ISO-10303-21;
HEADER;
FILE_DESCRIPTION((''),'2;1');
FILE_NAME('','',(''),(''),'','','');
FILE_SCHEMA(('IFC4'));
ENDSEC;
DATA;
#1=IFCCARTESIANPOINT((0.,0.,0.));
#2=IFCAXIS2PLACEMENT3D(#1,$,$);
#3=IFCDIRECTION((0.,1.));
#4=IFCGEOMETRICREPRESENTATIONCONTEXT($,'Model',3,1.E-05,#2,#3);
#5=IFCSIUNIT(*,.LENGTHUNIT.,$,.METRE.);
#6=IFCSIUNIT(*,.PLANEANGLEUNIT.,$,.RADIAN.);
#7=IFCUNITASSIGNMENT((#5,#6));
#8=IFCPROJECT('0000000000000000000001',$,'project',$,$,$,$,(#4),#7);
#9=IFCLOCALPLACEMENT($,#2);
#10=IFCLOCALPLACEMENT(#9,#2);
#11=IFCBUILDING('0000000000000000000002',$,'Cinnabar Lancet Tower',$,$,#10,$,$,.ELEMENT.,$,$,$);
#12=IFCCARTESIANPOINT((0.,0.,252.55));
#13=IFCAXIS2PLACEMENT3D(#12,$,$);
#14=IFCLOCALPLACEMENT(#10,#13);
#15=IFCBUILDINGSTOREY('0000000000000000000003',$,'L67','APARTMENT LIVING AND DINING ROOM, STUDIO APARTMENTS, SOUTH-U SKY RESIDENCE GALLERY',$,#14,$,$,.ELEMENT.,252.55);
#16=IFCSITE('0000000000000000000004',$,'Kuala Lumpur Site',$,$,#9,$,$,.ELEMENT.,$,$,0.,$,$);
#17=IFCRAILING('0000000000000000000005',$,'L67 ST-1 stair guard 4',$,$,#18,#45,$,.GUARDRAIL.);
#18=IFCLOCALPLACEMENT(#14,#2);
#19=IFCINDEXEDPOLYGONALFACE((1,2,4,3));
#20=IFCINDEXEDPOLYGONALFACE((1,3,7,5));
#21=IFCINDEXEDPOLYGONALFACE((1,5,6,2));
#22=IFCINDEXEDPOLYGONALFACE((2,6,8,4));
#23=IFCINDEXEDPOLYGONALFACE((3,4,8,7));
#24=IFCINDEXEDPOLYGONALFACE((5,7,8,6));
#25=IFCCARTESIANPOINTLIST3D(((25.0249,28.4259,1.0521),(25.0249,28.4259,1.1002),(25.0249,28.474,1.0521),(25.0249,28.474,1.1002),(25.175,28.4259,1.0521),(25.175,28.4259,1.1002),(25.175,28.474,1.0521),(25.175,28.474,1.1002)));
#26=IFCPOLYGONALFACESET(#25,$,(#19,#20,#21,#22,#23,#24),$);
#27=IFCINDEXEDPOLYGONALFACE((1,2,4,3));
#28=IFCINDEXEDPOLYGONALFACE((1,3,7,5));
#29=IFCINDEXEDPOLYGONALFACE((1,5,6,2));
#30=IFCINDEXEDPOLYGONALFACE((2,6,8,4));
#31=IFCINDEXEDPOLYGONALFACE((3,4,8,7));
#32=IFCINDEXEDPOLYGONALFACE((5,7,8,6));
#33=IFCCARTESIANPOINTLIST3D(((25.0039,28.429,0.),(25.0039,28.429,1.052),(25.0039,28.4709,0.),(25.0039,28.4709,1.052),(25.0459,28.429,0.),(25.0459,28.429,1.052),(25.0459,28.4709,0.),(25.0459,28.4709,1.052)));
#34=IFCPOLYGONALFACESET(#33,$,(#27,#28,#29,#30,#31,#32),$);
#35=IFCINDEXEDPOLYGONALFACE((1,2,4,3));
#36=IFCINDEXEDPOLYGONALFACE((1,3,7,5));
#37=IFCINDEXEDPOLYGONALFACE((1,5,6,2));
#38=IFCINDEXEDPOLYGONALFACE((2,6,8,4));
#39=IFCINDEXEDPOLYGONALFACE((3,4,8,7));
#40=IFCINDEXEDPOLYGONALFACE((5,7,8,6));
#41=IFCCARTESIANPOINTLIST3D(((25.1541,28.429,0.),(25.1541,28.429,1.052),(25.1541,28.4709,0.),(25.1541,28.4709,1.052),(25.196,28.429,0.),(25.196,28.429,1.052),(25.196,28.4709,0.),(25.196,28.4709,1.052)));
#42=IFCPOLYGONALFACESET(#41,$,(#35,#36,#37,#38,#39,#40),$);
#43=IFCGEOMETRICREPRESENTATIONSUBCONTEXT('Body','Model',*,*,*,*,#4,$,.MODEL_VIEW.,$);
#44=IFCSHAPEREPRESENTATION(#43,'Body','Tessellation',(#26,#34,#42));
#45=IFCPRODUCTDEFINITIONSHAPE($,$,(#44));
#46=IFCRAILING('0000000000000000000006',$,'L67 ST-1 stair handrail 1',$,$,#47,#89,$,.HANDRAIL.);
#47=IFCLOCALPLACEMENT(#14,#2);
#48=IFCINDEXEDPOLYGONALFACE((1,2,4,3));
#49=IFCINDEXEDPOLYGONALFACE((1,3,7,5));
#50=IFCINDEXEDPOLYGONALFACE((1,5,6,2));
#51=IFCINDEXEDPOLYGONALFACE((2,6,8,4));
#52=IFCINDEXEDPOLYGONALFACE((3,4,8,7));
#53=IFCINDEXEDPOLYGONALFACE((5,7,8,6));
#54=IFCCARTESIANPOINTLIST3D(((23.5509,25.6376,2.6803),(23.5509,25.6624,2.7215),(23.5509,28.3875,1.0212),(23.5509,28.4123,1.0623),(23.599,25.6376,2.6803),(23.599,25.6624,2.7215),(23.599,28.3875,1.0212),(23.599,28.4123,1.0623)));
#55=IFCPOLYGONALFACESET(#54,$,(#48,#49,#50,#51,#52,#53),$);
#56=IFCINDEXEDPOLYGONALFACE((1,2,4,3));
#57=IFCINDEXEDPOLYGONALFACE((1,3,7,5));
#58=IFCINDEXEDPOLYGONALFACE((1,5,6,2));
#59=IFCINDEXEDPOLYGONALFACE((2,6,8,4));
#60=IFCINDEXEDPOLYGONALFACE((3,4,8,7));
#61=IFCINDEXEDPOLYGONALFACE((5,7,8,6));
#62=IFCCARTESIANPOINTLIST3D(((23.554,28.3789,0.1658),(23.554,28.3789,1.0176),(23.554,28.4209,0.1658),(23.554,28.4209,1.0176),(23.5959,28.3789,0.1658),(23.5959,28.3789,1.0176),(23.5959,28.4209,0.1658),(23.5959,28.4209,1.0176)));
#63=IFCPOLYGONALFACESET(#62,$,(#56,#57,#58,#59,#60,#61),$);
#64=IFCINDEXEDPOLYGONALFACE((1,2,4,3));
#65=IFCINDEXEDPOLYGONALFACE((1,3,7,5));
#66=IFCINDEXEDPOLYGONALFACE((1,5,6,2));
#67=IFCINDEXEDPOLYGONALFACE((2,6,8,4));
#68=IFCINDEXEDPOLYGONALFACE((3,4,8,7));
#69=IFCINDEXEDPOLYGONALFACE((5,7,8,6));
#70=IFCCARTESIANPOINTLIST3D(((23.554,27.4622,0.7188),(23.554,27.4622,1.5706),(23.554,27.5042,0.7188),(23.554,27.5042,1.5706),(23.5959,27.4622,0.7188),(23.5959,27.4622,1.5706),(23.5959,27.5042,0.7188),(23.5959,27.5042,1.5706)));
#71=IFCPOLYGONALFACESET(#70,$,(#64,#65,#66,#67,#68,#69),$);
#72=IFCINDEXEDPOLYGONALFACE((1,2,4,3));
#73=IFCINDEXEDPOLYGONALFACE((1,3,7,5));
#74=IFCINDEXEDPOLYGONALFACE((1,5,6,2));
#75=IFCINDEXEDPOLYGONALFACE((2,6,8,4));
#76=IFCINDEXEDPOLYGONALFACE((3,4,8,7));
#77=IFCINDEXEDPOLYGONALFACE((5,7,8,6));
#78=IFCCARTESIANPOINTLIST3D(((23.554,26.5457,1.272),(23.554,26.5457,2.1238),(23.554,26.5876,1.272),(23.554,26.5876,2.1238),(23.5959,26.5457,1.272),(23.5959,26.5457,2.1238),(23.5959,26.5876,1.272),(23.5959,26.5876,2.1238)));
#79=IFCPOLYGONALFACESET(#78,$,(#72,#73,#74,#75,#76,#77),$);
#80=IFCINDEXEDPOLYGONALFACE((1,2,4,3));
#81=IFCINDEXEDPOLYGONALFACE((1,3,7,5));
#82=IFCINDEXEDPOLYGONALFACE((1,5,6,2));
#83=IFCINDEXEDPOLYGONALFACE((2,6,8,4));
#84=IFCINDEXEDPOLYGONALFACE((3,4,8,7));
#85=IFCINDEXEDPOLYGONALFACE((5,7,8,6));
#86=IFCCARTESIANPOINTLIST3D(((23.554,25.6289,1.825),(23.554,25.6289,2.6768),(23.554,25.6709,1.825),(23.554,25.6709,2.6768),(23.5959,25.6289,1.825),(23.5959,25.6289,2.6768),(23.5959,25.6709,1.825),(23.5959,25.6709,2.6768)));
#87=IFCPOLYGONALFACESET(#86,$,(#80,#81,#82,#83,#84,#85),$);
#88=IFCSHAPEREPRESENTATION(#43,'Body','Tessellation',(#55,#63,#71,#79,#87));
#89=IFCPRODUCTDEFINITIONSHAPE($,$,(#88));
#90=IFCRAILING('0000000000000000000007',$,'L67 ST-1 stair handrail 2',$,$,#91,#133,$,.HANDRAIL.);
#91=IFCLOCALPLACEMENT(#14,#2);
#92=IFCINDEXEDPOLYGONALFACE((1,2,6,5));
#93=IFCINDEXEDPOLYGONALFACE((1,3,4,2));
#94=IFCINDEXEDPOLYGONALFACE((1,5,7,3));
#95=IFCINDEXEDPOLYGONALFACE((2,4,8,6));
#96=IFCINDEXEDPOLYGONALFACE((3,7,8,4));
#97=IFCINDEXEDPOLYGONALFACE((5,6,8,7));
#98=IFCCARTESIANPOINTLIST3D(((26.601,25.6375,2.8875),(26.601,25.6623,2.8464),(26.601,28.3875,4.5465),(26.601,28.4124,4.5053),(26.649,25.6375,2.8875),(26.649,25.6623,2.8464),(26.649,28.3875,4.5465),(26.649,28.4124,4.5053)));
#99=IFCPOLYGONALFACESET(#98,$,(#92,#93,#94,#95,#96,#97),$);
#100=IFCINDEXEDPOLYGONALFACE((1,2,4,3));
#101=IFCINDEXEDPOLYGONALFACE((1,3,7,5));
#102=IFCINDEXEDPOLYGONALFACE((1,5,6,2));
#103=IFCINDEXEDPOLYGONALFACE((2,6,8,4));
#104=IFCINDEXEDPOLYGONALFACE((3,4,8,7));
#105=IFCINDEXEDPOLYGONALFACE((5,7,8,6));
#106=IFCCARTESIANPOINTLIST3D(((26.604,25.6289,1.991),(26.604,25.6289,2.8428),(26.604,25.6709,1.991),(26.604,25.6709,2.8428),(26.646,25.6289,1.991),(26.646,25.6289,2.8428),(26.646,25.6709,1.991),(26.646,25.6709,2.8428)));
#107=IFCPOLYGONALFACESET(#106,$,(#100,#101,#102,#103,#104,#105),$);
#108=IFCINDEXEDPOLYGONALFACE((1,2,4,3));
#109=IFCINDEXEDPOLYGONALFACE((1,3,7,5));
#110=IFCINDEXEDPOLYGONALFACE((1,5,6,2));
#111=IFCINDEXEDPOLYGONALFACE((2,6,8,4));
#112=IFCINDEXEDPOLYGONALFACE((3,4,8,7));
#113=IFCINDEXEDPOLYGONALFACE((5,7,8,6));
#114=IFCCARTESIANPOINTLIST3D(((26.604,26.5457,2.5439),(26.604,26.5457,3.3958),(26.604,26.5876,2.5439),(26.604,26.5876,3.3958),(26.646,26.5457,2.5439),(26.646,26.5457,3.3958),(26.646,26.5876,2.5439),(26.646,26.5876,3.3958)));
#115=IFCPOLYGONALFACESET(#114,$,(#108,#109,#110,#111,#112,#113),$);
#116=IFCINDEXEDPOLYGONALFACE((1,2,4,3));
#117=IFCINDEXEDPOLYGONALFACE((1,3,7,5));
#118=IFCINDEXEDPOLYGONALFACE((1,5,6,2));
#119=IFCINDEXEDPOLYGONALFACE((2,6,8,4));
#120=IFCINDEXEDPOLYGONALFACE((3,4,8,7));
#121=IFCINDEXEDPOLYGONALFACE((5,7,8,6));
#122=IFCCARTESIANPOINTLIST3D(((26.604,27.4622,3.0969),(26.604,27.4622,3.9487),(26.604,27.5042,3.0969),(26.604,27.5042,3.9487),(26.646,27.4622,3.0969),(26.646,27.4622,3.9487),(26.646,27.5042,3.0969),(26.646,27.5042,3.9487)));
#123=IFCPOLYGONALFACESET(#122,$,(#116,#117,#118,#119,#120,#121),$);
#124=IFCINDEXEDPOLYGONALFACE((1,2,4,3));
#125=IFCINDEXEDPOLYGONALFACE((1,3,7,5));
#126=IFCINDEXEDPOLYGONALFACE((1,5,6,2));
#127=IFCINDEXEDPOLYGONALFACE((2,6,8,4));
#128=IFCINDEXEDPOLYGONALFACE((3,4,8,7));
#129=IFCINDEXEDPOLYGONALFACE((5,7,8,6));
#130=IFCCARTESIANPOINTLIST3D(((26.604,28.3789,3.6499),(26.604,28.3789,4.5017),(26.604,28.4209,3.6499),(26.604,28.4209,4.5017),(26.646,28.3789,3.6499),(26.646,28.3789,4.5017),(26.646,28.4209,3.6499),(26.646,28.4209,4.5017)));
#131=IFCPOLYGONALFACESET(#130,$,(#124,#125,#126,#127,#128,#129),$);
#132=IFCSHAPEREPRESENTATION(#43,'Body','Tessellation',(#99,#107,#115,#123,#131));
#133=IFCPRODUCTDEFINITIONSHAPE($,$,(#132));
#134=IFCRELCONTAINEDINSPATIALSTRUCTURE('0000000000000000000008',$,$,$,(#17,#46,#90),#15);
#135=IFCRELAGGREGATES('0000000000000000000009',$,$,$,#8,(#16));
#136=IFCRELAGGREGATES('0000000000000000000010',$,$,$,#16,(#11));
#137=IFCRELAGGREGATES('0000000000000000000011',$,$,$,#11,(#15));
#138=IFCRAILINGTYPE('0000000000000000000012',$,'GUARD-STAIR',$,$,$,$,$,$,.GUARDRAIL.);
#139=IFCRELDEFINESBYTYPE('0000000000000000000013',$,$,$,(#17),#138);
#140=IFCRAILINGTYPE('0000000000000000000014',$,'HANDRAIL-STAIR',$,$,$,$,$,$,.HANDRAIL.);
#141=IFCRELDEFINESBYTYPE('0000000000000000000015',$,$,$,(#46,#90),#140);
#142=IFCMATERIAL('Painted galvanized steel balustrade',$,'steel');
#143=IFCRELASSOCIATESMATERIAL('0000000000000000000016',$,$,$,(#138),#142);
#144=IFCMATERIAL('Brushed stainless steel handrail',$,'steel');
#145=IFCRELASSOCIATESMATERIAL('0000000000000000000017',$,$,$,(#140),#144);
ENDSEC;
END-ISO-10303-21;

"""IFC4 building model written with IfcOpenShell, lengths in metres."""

from ifc_helpers import new_model, si_unit, direction, frame, origin, origin_2d, place, context, subcontext, project, spatial, rectangle, extrude, material, type_object, element, save


model = new_model("IFC4")

# Units and contexts
model_context = context("Model", 3, precision=1e-05, world=origin(), true_north=direction((0.0, 1.0)))
body_context = subcontext(model_context, "Body", "Model", "MODEL_VIEW")
ifc_project = project(units=[si_unit("LENGTHUNIT", "METRE"), si_unit("PLANEANGLEUNIT", "RADIAN")], contexts=[model_context])

# Site, building, storey
site_placement = place(None, origin())
site = spatial("IfcSite", under=ifc_project, at=site_placement, Name="Kuala Lumpur Site", CompositionType="ELEMENT", RefElevation=0.0)
building_placement = place(site_placement, origin())
building = spatial("IfcBuilding", under=site, at=building_placement, Name="Cinnabar Lancet Tower", CompositionType="ELEMENT")
storey_placement = place(building_placement, frame((0.0, 0.0, 252.55)))
storey = spatial("IfcBuildingStorey", under=building, at=storey_placement, Name="L67", Description="APARTMENT LIVING AND DINING ROOM, STUDIO APARTMENTS, SOUTH-U SKY RESIDENCE GALLERY", CompositionType="ELEMENT", Elevation=252.55)

# Railings
ifc_material_1 = material(Name="Painted galvanized steel balustrade", Category="steel")
railing_type_1 = type_object("IfcRailingType", Name="GUARD-STAIR", PredefinedType="GUARDRAIL", material=ifc_material_1)
railing_1_placement = place(storey_placement, frame((25.0249, 28.45, 0.0)))
element("IfcRailing", 1, at=railing_1_placement, inside=storey, type_object=railing_type_1, Name="L67 ST-1 stair guard 4", PredefinedType="GUARDRAIL", context=body_context, shape_type="SweptSolid", body=[
    extrude(rectangle(XDim=0.0481, YDim=0.0481, at=origin_2d()), frame((0.0, 0.0, 1.0762), z_axis=(1.0, 0.0, 0.0), x_axis=(0.0, 1.0, 0.0)), (0.0, 0.0, 1.0), 0.1501),
    extrude(rectangle(XDim=0.042, YDim=0.042, at=origin_2d()), origin(), (0.0, 0.0, 1.0), 1.052),
    extrude(rectangle(XDim=0.042, YDim=0.042, at=origin_2d()), frame((0.1501, 0.0, 0.0)), (0.0, 0.0, 1.0), 1.052),
])
ifc_material_2 = material(Name="Brushed stainless steel handrail", Category="steel")
railing_type_2 = type_object("IfcRailingType", Name="HANDRAIL-STAIR", PredefinedType="HANDRAIL", material=ifc_material_2)
railing_2_placement = place(storey_placement, frame((23.575, 28.3999, 0.1658)))
element("IfcRailing", 2, at=railing_2_placement, inside=storey, type_object=railing_type_2, Name="L67 ST-1 stair handrail 1", PredefinedType="HANDRAIL", context=body_context, shape_type="SweptSolid", body=[
    extrude(rectangle(XDim=0.0481, YDim=0.0481, at=origin_2d()), frame((0.0, 0.0, 0.876), z_axis=(0.0, -0.856229, 0.516596), x_axis=(1.0, 0.0, 0.0)), (0.0, 0.0, 1.0), 3.2117),
    extrude(rectangle(XDim=0.042, YDim=0.042, at=origin_2d()), origin(), (0.0, 0.0, 1.0), 0.8518),
    extrude(rectangle(XDim=0.042, YDim=0.042, at=origin_2d()), frame((0.0, -0.9167, 0.553)), (0.0, 0.0, 1.0), 0.8518),
    extrude(rectangle(XDim=0.042, YDim=0.042, at=origin_2d()), frame((0.0, -1.8333, 1.1062)), (0.0, 0.0, 1.0), 0.8518),
    extrude(rectangle(XDim=0.042, YDim=0.042, at=origin_2d()), frame((0.0, -2.75, 1.6592)), (0.0, 0.0, 1.0), 0.8518),
])
railing_3_placement = place(storey_placement, frame((26.625, 25.6499, 1.991)))
element("IfcRailing", 3, at=railing_3_placement, inside=storey, type_object=railing_type_2, Name="L67 ST-1 stair handrail 2", PredefinedType="HANDRAIL", context=body_context, shape_type="SweptSolid", body=[
    extrude(rectangle(XDim=0.0481, YDim=0.0481, at=origin_2d()), frame((0.0, 0.0, 0.876), z_axis=(0.0, 0.856263, 0.51654), x_axis=(-1.0, 0.0, 0.0)), (0.0, 0.0, 1.0), 3.2117),
    extrude(rectangle(XDim=0.042, YDim=0.042, at=origin_2d()), origin(), (0.0, 0.0, 1.0), 0.8518),
    extrude(rectangle(XDim=0.042, YDim=0.042, at=origin_2d()), frame((0.0, 0.9167, 0.553)), (0.0, 0.0, 1.0), 0.8518),
    extrude(rectangle(XDim=0.042, YDim=0.042, at=origin_2d()), frame((0.0, 1.8333, 1.106)), (0.0, 0.0, 1.0), 0.8518),
    extrude(rectangle(XDim=0.042, YDim=0.042, at=origin_2d()), frame((0.0, 2.75, 1.6589)), (0.0, 0.0, 1.0), 0.8518),
])

save(model, "model.ifc")
